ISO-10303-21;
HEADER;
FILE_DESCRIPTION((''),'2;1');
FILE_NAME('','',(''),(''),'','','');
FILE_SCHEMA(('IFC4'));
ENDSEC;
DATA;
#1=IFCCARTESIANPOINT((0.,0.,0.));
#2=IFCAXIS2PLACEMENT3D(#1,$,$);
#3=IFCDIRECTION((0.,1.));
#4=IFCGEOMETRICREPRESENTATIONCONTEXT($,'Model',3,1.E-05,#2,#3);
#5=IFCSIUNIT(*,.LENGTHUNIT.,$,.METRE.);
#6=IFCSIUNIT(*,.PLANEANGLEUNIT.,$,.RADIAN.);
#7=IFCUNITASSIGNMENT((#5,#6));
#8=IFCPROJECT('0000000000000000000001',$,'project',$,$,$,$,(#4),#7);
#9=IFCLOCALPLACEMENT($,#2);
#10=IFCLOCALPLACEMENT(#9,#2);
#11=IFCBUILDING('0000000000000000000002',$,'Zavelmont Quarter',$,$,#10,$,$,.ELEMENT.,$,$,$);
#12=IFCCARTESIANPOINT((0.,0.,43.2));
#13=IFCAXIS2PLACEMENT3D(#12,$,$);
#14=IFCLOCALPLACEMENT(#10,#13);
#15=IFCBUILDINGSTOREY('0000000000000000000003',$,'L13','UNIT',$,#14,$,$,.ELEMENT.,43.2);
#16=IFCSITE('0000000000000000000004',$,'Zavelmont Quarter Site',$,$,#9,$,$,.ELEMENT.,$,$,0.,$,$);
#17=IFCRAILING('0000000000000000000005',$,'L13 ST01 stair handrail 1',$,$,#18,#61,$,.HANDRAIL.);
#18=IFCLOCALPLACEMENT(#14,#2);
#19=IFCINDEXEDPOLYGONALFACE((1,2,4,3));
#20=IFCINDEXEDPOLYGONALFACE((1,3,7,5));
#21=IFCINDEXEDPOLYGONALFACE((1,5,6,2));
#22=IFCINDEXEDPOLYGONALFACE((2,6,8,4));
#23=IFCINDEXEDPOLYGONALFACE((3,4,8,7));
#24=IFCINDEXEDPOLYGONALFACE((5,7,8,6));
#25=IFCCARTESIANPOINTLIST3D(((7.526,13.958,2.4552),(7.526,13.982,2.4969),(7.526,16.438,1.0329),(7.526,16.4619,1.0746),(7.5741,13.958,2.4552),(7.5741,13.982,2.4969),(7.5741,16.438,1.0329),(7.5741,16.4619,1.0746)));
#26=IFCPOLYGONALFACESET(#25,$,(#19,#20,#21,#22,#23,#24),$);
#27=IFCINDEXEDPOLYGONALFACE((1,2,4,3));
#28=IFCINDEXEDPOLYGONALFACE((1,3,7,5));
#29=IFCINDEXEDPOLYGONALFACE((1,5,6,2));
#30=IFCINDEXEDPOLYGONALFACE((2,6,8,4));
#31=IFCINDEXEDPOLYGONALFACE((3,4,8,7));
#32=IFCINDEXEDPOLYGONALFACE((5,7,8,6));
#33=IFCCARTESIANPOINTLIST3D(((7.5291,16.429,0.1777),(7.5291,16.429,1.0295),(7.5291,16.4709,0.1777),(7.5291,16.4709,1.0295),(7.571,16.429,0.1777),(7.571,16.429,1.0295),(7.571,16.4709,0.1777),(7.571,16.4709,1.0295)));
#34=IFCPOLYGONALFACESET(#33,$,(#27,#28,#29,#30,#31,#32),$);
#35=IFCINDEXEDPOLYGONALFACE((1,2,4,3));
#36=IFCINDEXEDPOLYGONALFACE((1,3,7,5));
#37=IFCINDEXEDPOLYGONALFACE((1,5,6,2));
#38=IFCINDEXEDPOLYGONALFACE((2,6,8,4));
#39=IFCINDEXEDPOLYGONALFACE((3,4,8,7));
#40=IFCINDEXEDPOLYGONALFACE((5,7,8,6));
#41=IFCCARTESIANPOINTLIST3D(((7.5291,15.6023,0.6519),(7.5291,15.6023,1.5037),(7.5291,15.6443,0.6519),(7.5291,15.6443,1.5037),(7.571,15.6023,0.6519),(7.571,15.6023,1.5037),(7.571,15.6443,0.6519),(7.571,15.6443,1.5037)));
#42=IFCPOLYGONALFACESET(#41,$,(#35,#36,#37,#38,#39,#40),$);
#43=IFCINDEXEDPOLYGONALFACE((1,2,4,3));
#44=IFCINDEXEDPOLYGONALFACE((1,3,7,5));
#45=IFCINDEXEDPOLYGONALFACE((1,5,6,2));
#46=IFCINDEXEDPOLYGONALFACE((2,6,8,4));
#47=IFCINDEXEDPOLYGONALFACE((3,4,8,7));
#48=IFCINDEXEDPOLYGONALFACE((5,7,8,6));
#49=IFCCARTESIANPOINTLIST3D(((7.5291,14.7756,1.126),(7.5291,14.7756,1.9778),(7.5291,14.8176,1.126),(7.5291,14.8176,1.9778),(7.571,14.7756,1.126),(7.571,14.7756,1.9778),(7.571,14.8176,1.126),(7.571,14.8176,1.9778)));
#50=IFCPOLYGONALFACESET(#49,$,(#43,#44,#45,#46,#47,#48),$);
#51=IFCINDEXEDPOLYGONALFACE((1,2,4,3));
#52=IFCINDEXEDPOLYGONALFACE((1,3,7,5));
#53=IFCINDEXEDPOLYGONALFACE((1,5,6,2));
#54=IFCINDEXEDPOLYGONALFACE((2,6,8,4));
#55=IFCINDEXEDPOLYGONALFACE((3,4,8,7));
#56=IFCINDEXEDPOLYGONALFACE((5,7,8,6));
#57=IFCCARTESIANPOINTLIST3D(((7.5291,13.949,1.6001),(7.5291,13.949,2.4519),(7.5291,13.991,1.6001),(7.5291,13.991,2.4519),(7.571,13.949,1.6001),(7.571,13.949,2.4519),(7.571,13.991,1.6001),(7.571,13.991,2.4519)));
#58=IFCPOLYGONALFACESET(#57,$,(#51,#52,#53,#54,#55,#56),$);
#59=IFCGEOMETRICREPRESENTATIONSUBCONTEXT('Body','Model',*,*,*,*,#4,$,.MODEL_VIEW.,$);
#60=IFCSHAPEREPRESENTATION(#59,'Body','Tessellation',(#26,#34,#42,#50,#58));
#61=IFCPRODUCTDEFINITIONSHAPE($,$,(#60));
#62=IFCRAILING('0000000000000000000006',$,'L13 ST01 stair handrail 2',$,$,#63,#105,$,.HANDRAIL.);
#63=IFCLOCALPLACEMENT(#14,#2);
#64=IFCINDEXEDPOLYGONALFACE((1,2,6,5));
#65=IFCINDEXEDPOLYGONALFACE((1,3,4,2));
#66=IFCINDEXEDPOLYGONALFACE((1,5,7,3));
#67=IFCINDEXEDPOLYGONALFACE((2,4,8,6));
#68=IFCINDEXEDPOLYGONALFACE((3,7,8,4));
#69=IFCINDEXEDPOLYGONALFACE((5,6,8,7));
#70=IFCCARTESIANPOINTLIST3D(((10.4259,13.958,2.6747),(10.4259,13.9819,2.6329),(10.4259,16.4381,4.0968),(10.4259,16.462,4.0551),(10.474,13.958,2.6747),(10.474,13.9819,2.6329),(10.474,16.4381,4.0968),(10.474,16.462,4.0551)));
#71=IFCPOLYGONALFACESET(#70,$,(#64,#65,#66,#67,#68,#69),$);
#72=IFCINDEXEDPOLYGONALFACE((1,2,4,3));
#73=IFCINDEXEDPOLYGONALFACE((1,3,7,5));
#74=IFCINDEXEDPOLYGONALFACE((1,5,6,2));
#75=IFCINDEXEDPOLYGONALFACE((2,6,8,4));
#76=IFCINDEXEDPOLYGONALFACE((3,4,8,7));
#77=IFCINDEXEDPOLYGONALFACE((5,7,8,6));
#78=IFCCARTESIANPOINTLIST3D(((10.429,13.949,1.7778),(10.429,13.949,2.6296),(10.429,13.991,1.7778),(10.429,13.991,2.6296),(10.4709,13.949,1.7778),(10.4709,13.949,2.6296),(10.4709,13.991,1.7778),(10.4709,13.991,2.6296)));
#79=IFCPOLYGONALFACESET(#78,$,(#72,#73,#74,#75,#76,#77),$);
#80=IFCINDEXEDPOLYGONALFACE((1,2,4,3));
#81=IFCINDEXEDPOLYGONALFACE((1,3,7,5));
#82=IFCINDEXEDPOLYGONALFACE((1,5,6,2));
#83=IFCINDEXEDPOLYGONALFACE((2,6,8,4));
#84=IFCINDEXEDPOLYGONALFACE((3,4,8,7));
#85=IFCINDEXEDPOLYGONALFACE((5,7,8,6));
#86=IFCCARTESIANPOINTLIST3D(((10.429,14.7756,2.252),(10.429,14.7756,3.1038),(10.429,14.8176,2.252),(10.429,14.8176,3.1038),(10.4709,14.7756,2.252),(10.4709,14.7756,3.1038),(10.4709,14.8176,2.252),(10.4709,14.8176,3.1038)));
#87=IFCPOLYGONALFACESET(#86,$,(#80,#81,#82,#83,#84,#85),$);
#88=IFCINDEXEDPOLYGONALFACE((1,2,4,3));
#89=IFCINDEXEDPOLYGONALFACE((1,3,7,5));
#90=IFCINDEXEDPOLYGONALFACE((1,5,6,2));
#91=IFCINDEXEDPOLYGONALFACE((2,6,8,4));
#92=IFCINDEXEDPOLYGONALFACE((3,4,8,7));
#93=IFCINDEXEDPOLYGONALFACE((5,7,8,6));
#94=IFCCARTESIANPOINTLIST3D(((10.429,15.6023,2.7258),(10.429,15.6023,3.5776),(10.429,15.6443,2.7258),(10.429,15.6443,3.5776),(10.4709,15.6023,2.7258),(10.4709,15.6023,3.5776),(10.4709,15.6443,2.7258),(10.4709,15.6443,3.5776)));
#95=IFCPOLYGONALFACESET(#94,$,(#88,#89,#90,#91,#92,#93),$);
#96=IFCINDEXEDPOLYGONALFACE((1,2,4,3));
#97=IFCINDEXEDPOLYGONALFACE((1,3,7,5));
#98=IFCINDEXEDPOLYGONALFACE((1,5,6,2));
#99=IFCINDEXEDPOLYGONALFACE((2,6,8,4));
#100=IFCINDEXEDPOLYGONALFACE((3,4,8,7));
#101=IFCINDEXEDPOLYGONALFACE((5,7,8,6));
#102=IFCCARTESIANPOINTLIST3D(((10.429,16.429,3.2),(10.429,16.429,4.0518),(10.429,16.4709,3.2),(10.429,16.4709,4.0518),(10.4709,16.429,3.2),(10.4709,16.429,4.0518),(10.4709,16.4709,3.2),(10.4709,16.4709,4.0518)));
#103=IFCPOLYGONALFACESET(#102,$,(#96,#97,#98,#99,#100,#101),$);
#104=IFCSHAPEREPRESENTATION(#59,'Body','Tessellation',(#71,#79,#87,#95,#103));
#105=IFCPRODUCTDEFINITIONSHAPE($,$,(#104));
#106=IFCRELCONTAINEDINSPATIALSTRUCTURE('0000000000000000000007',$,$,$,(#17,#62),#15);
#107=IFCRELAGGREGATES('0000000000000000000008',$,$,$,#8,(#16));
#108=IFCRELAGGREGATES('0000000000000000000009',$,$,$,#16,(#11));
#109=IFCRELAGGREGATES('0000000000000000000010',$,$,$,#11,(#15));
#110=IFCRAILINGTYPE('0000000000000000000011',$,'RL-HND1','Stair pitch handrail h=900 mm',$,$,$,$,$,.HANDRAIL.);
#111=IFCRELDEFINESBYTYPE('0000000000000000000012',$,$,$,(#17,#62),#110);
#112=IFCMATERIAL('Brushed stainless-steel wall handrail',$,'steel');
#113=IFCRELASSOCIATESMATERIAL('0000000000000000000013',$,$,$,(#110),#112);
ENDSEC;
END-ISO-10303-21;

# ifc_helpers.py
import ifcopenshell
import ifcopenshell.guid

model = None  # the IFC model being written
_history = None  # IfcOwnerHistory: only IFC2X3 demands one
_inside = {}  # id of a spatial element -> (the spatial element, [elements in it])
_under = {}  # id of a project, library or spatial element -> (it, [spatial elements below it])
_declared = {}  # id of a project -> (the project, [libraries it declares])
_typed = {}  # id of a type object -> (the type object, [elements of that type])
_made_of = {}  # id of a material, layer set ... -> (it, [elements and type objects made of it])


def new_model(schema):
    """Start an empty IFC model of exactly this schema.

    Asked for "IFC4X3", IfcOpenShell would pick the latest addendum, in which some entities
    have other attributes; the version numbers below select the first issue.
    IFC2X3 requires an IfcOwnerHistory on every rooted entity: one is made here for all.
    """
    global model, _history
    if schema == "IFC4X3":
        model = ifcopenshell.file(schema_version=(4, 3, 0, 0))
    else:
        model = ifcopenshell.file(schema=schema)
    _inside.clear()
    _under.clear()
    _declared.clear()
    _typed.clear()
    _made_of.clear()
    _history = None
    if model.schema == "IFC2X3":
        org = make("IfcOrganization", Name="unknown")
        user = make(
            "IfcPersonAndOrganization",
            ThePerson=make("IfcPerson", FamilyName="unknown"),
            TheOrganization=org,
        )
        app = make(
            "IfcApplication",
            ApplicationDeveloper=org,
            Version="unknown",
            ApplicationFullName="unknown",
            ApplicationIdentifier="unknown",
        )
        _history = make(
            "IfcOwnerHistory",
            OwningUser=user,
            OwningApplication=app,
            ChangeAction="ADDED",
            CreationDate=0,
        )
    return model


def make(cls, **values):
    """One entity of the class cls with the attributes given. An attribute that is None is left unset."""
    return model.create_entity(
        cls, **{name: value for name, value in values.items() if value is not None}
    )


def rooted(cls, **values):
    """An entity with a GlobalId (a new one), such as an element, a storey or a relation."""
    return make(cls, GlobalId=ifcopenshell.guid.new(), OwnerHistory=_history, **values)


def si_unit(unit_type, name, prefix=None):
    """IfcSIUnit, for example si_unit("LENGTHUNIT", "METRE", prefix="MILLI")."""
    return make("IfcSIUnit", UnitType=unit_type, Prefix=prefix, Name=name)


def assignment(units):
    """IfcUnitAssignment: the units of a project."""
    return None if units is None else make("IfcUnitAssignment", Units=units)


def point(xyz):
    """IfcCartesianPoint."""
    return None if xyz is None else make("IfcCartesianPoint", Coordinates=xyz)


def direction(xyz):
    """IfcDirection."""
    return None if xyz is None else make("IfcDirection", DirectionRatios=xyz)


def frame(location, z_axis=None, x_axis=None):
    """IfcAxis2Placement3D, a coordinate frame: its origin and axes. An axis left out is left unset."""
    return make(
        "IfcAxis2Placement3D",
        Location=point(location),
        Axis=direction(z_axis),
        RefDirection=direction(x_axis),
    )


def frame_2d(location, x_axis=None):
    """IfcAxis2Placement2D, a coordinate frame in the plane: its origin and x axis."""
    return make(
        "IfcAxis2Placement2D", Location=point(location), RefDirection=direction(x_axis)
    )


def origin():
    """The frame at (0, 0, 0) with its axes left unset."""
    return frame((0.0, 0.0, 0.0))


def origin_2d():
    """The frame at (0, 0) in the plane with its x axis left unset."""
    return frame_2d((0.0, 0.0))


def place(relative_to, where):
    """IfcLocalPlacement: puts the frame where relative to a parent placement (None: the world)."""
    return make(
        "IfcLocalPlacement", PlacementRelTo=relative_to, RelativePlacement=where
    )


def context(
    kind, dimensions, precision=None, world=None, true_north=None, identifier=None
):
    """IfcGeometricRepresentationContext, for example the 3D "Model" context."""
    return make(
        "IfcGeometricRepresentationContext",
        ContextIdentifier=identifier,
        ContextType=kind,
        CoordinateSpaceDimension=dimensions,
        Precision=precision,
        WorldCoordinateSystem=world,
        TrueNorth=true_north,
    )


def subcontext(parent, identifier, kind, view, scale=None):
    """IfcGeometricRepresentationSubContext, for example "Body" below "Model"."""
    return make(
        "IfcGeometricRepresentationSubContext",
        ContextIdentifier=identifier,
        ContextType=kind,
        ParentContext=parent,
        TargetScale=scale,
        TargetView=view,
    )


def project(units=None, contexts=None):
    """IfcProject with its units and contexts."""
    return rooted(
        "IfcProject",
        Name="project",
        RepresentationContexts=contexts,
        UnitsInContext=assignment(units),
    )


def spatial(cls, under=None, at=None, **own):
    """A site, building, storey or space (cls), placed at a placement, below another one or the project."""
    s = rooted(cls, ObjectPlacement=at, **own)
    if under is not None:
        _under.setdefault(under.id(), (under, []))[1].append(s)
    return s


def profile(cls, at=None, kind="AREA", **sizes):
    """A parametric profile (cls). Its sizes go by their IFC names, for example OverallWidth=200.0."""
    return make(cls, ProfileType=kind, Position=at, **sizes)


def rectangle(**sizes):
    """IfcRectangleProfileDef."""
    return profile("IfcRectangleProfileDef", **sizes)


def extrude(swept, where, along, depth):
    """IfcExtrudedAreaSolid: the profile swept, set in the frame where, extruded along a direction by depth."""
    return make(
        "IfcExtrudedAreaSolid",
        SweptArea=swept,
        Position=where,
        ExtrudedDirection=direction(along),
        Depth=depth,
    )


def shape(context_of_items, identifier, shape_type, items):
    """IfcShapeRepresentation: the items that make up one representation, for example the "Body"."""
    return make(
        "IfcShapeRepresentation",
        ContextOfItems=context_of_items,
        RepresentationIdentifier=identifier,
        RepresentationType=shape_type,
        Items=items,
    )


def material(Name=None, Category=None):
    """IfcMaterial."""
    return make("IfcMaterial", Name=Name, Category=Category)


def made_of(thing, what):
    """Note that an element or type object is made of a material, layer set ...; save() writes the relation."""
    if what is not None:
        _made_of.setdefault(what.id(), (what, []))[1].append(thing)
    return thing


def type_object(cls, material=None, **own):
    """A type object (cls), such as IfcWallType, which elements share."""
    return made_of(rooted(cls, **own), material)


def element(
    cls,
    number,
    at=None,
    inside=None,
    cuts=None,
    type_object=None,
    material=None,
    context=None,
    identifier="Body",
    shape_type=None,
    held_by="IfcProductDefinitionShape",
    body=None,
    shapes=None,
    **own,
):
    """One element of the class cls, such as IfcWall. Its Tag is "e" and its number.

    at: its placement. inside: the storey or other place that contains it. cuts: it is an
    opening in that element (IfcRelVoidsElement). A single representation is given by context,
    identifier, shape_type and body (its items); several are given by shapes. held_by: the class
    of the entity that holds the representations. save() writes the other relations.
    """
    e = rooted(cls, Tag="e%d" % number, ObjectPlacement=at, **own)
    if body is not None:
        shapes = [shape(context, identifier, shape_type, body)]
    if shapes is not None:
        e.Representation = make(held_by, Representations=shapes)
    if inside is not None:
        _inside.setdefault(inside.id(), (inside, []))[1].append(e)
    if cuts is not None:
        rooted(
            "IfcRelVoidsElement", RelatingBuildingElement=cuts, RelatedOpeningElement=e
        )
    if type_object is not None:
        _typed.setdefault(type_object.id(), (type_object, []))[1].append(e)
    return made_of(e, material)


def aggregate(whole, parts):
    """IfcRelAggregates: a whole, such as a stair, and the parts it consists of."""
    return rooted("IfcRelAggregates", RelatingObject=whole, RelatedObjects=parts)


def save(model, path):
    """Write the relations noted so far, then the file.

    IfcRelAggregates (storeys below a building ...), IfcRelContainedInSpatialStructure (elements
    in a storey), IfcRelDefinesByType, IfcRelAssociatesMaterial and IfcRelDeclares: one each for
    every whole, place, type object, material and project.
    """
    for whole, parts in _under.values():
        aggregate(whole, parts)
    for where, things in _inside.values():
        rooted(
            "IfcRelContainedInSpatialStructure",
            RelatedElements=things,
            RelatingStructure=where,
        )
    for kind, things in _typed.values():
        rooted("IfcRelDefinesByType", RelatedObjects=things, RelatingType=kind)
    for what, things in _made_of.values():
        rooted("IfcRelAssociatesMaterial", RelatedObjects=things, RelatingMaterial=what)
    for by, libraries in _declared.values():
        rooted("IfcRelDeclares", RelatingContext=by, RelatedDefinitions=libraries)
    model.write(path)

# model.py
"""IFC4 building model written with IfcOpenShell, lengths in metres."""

from ifc_helpers import new_model, si_unit, direction, frame, origin, origin_2d, place, context, subcontext, project, spatial, rectangle, extrude, material, type_object, element, save


model = new_model("IFC4")

# Units and contexts
model_context = context("Model", 3, precision=1e-05, world=origin(), true_north=direction((0.0, 1.0)))
body_context = subcontext(model_context, "Body", "Model", "MODEL_VIEW")
ifc_project = project(units=[si_unit("LENGTHUNIT", "METRE"), si_unit("PLANEANGLEUNIT", "RADIAN")], contexts=[model_context])

# Site, building, storey
site_placement = place(None, origin())
site = spatial("IfcSite", under=ifc_project, at=site_placement, Name="Zavelmont Quarter Site", CompositionType="ELEMENT", RefElevation=0.0)
building_placement = place(site_placement, origin())
building = spatial("IfcBuilding", under=site, at=building_placement, Name="Zavelmont Quarter", CompositionType="ELEMENT")
storey_placement = place(building_placement, frame((0.0, 0.0, 43.2)))
storey = spatial("IfcBuildingStorey", under=building, at=storey_placement, Name="L13", Description="UNIT", CompositionType="ELEMENT", Elevation=43.2)

# Railings
ifc_material_1 = material(Name="Brushed stainless-steel wall handrail", Category="steel")
railing_type_1 = type_object("IfcRailingType", Name="RL-HND1", Description="Stair pitch handrail h=900 mm", PredefinedType="HANDRAIL", material=ifc_material_1)
railing_1_placement = place(storey_placement, frame((7.55, 16.45, 0.1777)))
element("IfcRailing", 1, at=railing_1_placement, inside=storey, type_object=railing_type_1, Name="L13 ST01 stair handrail 1", PredefinedType="HANDRAIL", context=body_context, shape_type="SweptSolid", body=[
    extrude(rectangle(XDim=0.0481, YDim=0.0481, at=origin_2d()), frame((0.0, 0.0, 0.876), z_axis=(0.0, -0.867454, 0.497518), x_axis=(1.0, 0.0, 0.0)), (0.0, 0.0, 1.0), 2.8589),
    extrude(rectangle(XDim=0.042, YDim=0.042, at=origin_2d()), origin(), (0.0, 0.0, 1.0), 0.8518),
    extrude(rectangle(XDim=0.042, YDim=0.042, at=origin_2d()), frame((0.0, -0.8267, 0.4741)), (0.0, 0.0, 1.0), 0.8518),
    extrude(rectangle(XDim=0.042, YDim=0.042, at=origin_2d()), frame((0.0, -1.6533, 0.9482)), (0.0, 0.0, 1.0), 0.8518),
    extrude(rectangle(XDim=0.042, YDim=0.042, at=origin_2d()), frame((0.0, -2.48, 1.4224)), (0.0, 0.0, 1.0), 0.8518),
])
railing_2_placement = place(storey_placement, frame((10.45, 13.97, 1.7778)))
element("IfcRailing", 2, at=railing_2_placement, inside=storey, type_object=railing_type_1, Name="L13 ST01 stair handrail 2", PredefinedType="HANDRAIL", context=body_context, shape_type="SweptSolid", body=[
    extrude(rectangle(XDim=0.0481, YDim=0.0481, at=origin_2d()), frame((0.0, 0.0, 0.876), z_axis=(0.0, 0.867491, 0.497454), x_axis=(-1.0, 0.0, 0.0)), (0.0, 0.0, 1.0), 2.8589),
    extrude(rectangle(XDim=0.042, YDim=0.042, at=origin_2d()), origin(), (0.0, 0.0, 1.0), 0.8518),
    extrude(rectangle(XDim=0.042, YDim=0.042, at=origin_2d()), frame((0.0, 0.8267, 0.4741)), (0.0, 0.0, 1.0), 0.8518),
    extrude(rectangle(XDim=0.042, YDim=0.042, at=origin_2d()), frame((0.0, 1.6533, 0.948)), (0.0, 0.0, 1.0), 0.8518),
    extrude(rectangle(XDim=0.042, YDim=0.042, at=origin_2d()), frame((0.0, 2.48, 1.4221)), (0.0, 0.0, 1.0), 0.8518),
])

save(model, "model.ifc")
